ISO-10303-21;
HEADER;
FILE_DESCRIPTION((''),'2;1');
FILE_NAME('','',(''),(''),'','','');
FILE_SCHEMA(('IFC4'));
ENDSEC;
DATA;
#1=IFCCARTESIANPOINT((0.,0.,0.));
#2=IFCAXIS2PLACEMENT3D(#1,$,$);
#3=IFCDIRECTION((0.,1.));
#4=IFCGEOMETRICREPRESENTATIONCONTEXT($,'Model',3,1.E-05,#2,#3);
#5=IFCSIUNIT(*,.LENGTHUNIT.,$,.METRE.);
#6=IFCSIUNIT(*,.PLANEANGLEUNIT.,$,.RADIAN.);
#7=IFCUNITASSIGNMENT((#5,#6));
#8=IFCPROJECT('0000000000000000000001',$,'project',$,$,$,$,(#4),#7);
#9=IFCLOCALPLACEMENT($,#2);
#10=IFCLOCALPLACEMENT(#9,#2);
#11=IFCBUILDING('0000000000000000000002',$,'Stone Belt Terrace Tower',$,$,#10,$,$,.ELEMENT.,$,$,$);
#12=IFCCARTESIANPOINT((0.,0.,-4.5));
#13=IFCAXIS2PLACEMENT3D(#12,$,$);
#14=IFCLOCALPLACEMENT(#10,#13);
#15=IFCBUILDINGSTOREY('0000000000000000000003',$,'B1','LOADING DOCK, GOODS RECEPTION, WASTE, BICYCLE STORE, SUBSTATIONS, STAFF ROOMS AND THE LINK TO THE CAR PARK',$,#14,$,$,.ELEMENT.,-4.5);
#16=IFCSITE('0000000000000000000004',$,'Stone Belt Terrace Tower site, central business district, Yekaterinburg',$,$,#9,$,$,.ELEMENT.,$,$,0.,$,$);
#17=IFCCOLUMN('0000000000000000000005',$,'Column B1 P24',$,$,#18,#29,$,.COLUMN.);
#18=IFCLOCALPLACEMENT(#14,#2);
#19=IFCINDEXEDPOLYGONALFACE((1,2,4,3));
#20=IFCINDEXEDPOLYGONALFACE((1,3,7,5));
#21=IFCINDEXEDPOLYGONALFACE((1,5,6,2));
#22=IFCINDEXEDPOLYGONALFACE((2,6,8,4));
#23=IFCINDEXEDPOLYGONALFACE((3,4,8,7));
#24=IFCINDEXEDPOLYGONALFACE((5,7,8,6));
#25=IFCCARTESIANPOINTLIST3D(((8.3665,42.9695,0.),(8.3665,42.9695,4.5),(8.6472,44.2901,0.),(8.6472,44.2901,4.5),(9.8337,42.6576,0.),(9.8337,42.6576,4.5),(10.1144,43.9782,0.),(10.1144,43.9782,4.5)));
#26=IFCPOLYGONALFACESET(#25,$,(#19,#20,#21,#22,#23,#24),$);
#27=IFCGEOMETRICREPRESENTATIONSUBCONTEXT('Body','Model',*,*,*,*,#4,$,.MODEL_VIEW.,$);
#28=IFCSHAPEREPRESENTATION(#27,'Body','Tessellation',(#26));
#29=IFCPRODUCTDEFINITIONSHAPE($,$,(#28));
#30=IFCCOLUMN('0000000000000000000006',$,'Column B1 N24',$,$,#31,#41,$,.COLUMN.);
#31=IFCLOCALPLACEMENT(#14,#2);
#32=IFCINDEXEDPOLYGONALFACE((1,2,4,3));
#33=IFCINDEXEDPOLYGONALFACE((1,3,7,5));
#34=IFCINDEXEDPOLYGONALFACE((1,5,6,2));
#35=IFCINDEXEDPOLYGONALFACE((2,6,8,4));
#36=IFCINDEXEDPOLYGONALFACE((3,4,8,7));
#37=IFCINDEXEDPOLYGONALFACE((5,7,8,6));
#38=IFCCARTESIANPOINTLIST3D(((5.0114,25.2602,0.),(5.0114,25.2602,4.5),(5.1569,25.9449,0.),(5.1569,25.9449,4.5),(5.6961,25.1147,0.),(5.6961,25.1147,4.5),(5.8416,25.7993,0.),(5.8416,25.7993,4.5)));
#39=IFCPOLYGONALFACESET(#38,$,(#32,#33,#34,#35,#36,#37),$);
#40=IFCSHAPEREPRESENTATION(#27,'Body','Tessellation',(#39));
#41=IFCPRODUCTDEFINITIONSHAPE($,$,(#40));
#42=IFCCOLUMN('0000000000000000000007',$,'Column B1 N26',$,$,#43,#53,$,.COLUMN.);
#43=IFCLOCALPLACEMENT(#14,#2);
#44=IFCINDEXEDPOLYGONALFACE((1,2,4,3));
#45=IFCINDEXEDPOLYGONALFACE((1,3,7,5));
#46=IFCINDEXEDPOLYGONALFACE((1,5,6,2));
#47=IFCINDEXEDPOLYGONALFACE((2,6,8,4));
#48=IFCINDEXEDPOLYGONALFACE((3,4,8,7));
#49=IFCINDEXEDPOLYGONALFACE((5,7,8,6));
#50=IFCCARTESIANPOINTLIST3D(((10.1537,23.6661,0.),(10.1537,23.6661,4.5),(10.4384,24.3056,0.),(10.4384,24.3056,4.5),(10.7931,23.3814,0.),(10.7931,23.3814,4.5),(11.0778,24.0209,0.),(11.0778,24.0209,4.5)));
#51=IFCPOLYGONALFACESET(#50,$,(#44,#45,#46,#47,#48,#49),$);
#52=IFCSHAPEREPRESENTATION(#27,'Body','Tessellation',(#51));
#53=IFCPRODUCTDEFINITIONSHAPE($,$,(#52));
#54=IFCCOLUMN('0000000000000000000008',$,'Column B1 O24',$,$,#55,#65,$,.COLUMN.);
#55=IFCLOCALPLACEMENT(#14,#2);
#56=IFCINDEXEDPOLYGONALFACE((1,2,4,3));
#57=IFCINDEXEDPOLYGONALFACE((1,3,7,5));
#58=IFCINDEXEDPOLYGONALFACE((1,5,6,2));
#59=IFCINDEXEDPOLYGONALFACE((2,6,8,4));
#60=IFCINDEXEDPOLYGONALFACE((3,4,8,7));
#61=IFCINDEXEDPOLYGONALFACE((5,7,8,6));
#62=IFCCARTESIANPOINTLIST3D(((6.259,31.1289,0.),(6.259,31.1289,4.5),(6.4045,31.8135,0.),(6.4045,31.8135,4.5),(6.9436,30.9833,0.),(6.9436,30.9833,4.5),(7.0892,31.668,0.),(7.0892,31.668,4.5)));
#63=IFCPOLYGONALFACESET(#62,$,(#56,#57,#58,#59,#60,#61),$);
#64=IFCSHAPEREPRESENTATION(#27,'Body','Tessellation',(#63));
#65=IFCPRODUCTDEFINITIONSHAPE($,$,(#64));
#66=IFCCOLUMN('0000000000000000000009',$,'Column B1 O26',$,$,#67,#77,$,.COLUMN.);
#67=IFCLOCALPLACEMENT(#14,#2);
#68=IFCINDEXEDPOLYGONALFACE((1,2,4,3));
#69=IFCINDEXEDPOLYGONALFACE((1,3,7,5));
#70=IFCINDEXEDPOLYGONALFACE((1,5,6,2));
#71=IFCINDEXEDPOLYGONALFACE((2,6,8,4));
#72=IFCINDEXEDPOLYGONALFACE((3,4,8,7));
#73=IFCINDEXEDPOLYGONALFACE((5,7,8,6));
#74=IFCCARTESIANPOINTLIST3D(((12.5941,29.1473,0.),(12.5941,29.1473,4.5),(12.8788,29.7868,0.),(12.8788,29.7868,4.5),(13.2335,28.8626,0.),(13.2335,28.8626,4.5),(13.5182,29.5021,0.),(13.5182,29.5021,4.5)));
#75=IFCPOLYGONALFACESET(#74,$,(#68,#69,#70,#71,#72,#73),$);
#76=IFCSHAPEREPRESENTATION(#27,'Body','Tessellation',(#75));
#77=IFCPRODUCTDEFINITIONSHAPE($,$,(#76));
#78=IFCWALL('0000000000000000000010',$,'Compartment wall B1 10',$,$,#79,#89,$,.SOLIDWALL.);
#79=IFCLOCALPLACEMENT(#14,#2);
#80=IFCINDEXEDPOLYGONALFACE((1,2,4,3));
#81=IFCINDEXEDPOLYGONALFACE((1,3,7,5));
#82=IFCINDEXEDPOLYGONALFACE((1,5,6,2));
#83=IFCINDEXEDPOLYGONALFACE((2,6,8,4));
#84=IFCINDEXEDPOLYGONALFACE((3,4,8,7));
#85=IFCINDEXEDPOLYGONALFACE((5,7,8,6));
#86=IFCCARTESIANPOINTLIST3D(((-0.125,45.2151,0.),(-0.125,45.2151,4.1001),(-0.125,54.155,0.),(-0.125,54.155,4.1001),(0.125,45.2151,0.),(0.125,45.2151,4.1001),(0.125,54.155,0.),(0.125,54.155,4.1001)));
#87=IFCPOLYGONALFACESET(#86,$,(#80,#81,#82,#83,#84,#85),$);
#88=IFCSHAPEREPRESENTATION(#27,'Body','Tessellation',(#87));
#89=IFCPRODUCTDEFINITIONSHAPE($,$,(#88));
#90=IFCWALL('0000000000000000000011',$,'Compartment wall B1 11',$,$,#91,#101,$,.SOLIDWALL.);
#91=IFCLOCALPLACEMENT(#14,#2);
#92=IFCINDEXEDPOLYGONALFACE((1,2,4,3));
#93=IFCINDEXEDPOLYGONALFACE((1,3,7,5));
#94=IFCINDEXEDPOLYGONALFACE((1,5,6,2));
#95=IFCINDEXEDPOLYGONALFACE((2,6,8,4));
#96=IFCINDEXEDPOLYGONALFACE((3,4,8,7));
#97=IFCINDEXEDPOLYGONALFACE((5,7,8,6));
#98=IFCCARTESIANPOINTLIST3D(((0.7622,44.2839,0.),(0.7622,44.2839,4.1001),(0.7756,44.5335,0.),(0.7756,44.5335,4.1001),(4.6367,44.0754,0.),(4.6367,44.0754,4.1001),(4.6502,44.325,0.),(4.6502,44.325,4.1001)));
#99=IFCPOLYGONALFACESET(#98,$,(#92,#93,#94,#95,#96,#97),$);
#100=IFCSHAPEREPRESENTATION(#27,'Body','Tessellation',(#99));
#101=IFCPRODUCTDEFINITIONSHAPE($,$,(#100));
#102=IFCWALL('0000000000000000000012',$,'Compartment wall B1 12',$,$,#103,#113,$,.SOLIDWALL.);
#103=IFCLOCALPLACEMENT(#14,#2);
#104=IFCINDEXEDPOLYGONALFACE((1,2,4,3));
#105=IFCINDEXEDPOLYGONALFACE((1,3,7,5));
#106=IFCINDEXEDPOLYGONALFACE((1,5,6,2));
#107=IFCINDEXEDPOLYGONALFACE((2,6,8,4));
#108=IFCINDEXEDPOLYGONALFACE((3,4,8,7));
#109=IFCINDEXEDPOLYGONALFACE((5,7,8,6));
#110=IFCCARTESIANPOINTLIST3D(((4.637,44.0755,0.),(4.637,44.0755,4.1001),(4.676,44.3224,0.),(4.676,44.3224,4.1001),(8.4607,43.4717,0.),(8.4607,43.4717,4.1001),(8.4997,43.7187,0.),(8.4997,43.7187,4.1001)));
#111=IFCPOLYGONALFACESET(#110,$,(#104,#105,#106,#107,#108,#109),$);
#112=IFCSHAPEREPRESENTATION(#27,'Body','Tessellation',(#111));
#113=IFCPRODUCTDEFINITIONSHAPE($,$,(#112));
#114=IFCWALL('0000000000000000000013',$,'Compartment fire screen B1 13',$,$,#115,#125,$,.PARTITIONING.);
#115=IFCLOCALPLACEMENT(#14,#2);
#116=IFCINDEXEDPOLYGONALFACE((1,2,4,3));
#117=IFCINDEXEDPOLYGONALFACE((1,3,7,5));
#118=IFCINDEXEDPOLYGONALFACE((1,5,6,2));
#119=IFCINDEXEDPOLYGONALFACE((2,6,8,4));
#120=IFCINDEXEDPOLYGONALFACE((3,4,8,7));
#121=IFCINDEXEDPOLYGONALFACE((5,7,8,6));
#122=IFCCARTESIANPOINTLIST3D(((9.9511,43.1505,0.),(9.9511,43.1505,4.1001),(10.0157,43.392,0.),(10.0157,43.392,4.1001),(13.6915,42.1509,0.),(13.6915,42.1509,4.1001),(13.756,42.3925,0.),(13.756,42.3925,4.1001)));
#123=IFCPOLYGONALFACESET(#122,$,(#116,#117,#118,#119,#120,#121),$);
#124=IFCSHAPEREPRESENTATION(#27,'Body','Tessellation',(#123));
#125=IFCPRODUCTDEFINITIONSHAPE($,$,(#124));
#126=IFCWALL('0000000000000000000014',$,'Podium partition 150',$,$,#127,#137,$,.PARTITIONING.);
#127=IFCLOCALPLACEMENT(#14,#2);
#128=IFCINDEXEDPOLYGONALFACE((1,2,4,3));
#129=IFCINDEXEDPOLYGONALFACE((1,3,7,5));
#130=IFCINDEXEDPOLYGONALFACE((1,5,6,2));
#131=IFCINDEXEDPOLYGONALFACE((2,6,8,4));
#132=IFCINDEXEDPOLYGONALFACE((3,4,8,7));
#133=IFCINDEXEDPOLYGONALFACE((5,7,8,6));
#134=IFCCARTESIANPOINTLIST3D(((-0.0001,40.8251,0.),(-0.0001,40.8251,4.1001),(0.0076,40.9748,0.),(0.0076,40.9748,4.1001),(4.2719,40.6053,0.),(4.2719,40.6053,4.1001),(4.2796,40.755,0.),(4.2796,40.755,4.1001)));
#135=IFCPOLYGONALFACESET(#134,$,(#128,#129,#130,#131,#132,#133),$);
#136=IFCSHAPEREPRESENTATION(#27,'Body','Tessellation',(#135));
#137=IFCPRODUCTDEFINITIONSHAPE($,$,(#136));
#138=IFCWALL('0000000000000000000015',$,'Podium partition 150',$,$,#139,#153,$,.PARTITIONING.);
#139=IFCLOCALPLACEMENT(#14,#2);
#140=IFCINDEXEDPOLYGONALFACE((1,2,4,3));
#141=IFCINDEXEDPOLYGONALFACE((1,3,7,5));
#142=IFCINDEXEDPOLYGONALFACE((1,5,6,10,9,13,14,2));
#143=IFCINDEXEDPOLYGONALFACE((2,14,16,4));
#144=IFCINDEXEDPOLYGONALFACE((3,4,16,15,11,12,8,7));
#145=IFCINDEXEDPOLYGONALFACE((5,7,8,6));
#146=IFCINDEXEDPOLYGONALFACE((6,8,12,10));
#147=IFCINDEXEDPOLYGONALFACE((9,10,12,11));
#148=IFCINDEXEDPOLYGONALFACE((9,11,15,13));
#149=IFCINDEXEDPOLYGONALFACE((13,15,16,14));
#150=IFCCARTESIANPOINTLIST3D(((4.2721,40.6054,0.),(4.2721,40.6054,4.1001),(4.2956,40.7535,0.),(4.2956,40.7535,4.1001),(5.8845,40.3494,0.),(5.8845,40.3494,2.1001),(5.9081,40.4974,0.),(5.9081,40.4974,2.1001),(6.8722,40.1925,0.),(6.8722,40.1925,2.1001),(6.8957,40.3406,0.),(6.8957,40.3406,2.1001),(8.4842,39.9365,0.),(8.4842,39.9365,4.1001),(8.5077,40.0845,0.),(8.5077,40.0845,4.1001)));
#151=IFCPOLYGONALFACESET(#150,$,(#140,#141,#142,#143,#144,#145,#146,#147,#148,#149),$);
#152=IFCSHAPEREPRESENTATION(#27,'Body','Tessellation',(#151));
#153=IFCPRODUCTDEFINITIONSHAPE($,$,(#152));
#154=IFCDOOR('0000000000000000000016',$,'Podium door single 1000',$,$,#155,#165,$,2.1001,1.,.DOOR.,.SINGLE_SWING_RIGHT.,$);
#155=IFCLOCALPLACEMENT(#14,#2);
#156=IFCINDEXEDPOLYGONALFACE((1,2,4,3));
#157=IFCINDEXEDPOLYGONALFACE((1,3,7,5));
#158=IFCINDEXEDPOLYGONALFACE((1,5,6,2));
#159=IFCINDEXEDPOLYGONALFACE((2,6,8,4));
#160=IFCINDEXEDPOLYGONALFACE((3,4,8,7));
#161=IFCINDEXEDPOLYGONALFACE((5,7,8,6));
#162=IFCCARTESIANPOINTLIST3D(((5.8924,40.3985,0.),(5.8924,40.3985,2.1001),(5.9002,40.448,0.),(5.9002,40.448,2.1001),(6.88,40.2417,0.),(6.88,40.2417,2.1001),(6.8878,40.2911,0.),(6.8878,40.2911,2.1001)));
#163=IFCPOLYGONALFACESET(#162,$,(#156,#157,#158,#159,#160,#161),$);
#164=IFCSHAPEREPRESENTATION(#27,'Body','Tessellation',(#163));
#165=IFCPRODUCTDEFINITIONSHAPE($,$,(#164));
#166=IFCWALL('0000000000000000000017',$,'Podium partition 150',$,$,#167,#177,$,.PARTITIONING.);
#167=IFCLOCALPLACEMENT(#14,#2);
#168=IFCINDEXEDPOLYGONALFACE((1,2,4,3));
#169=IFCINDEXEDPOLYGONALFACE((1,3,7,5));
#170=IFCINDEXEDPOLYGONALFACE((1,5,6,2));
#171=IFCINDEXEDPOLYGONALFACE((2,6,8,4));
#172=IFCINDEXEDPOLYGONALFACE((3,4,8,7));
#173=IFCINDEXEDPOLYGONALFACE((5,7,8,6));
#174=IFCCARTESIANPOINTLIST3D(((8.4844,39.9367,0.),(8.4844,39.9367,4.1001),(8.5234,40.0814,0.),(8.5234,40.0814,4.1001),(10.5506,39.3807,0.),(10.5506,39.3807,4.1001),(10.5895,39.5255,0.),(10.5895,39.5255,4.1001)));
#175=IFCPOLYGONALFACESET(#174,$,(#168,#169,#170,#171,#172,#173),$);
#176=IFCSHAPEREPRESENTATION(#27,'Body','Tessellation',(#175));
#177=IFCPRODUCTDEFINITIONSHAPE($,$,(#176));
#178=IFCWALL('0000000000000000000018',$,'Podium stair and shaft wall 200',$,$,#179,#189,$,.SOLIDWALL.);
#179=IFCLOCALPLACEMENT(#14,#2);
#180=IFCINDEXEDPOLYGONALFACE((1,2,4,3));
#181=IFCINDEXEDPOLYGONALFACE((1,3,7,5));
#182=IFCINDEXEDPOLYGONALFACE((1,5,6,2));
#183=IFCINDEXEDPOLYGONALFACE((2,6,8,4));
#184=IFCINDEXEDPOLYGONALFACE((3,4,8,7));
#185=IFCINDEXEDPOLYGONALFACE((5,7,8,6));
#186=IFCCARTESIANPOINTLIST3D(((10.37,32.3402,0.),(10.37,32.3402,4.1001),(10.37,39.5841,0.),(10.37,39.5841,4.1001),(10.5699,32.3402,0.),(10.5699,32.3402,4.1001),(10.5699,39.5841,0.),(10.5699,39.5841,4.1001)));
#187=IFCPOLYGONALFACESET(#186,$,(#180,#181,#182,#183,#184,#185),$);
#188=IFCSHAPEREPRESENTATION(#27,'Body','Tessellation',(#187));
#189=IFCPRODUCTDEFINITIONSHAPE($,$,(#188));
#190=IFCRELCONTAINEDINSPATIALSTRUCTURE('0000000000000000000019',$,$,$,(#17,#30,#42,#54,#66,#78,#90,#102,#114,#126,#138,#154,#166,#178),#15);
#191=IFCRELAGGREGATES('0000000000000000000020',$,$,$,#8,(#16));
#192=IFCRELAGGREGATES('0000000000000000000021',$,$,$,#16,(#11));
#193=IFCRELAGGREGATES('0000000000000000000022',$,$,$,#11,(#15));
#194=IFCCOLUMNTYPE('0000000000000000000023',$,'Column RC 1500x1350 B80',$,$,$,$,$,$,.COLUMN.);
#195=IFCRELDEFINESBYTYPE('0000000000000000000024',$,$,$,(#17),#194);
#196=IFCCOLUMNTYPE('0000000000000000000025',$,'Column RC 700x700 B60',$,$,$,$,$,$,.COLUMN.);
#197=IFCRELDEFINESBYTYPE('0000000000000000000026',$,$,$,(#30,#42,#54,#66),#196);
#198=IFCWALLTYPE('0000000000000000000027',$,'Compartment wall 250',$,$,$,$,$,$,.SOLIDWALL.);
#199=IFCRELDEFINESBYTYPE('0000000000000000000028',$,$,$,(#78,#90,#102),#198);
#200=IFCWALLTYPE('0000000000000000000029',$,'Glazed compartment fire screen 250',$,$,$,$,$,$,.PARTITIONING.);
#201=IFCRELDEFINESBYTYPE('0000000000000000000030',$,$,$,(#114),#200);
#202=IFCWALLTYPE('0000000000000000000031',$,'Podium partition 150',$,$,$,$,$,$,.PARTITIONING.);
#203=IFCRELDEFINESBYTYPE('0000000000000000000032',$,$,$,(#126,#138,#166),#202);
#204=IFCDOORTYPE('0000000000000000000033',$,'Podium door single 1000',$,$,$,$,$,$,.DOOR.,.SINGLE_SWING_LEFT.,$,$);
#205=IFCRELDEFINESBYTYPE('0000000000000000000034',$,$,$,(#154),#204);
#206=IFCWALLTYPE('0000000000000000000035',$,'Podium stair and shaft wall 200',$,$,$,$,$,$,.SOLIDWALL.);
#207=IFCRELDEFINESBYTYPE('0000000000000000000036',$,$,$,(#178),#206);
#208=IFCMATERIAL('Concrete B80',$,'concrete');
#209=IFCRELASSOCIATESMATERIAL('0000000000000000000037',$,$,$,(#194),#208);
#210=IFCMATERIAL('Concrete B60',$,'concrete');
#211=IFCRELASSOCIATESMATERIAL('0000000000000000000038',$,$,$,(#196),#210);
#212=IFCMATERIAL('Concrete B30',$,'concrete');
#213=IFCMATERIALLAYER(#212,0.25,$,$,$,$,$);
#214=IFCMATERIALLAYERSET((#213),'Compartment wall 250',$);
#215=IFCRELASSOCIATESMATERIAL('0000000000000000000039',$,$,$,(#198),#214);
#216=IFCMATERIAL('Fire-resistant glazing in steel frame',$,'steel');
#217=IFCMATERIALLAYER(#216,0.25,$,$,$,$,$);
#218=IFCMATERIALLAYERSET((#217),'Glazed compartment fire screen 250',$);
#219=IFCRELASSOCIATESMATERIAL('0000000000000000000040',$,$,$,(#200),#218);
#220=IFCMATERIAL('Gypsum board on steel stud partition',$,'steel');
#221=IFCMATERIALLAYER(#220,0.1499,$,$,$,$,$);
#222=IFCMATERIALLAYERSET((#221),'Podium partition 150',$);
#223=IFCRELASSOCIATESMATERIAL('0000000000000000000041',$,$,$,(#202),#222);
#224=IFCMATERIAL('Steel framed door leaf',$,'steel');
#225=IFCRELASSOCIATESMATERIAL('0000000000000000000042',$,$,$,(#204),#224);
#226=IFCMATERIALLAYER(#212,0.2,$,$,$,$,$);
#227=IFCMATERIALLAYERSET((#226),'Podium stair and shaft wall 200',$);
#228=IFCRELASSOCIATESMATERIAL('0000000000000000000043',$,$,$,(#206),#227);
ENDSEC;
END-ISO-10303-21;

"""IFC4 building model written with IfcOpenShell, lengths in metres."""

from ifc_helpers import new_model, si_unit, direction, frame, frame_2d, origin, origin_2d, place, context, subcontext, project, spatial, rectangle, extrude, material, layer, layer_set, material_profile, profile_set, type_object, element, fill, save


model = new_model("IFC4")

# Units and contexts
model_context = context("Model", 3, precision=1e-05, world=origin(), true_north=direction((0.0, 1.0)))
body_context = subcontext(model_context, "Body", "Model", "MODEL_VIEW")
ifc_project = project(units=[si_unit("LENGTHUNIT", "METRE"), si_unit("PLANEANGLEUNIT", "RADIAN")], contexts=[model_context])

# Site, building, storey
site_placement = place(None, origin())
site = spatial("IfcSite", under=ifc_project, at=site_placement, Name="Stone Belt Terrace Tower site, central business district, Yekaterinburg", CompositionType="ELEMENT", RefElevation=0.0)
building_placement = place(site_placement, origin())
building = spatial("IfcBuilding", under=site, at=building_placement, Name="Stone Belt Terrace Tower", CompositionType="ELEMENT")
storey_placement = place(building_placement, frame((0.0, 0.0, -4.5)))
storey = spatial("IfcBuildingStorey", under=building, at=storey_placement, Name="B1", Description="LOADING DOCK, GOODS RECEPTION, WASTE, BICYCLE STORE, SUBSTATIONS, STAFF ROOMS AND THE LINK TO THE CAR PARK", CompositionType="ELEMENT", Elevation=-4.5)

# Columns
ifc_material_1 = material(Name="Concrete B80", Category="concrete")
ifc_material_profile_1 = material_profile(ifc_material_1, rectangle(XDim=1.5, YDim=1.3501, at=origin_2d()), Name="RC 1500x1350")
ifc_profile_set_1 = profile_set([ifc_material_profile_1], Name="Concrete B80")
column_type_1 = type_object("IfcColumnType", Name="Column RC 1500x1350 B80", PredefinedType="COLUMN", material=ifc_profile_set_1)
column_placement = place(storey_placement, frame((9.2405, 43.4739, 0.0), z_axis=(0.0, 0.0, 1.0), x_axis=(0.978148, -0.207912, 0.0)))
element("IfcColumn", 1, at=column_placement, inside=storey, type_object=column_type_1, Name="Column B1 P24", PredefinedType="COLUMN", context=body_context, shape_type="SweptSolid", body=[
    extrude(rectangle(XDim=1.5, YDim=1.3501, at=origin_2d()), origin(), (0.0, 0.0, 1.0), 4.5),
])
ifc_material_2 = material(Name="Concrete B60", Category="concrete")
ifc_material_profile_2 = material_profile(ifc_material_2, rectangle(XDim=0.7, YDim=0.7, at=origin_2d()), Name="RC 700x700")
ifc_profile_set_2 = profile_set([ifc_material_profile_2], Name="Concrete B60")
column_type_2 = type_object("IfcColumnType", Name="Column RC 700x700 B60", PredefinedType="COLUMN", material=ifc_profile_set_2)
for number, where, z_axis, x_axis, name in (
    (2, (5.4265, 25.5298, 0.0), (0.0, 0.0, 1.0), (0.978148, -0.207912, 0.0), "Column B1 N24"),
    (3, (10.6157, 23.8435, 0.0), (0.0, 0.0, 1.0), (0.913545, -0.406737, 0.0), "Column B1 N26"),
    (4, (6.6741, 31.3984, 0.0), (0.0, 0.0, 1.0), (0.978148, -0.207912, 0.0), "Column B1 O24"),
    (5, (13.0562, 29.3247, 0.0), (0.0, 0.0, 1.0), (0.913545, -0.406737, 0.0), "Column B1 O26"),
):
    element("IfcColumn", number, at=place(storey_placement, frame(where, z_axis=z_axis, x_axis=x_axis)), inside=storey, type_object=column_type_2, Name=name, PredefinedType="COLUMN", context=body_context, shape_type="SweptSolid", body=[
        extrude(rectangle(XDim=0.7, YDim=0.7, at=origin_2d()), origin(), (0.0, 0.0, 1.0), 4.5),
    ])

# Walls
ifc_material_3 = material(Name="Concrete B30", Category="concrete")
ifc_layer_1 = layer(ifc_material_3, 0.25)
ifc_layer_set_1 = layer_set([ifc_layer_1], Name="Compartment wall 250")
wall_type_1 = type_object("IfcWallType", Name="Compartment wall 250", PredefinedType="SOLIDWALL", material=ifc_layer_set_1)
wall_1_placement = place(storey_placement, frame((0.0, 45.2151, 0.0), z_axis=(0.0, 0.0, 1.0), x_axis=(0.0, 1.0, 0.0)))
element("IfcWall", 6, at=wall_1_placement, inside=storey, type_object=wall_type_1, Name="Compartment wall B1 10", PredefinedType="SOLIDWALL", context=body_context, shape_type="SweptSolid", body=[
    extrude(rectangle(XDim=8.9399, YDim=0.25, at=frame_2d((4.47, 0.0))), origin(), (0.0, 0.0, 1.0), 4.1001),
])
wall_2_placement = place(storey_placement, frame((0.769, 44.4087, 0.0), z_axis=(0.0, 0.0, 1.0), x_axis=(0.998555, -0.053734, 0.0)))
element("IfcWall", 7, at=wall_2_placement, inside=storey, type_object=wall_type_1, Name="Compartment wall B1 11", PredefinedType="SOLIDWALL", context=body_context, shape_type="SweptSolid", body=[
    extrude(rectangle(XDim=3.8801, YDim=0.25, at=frame_2d((1.9399, 0.0))), origin(), (0.0, 0.0, 1.0), 4.1001),
])
wall_3_placement = place(storey_placement, frame((4.6565, 44.199, 0.0), z_axis=(0.0, 0.0, 1.0), x_axis=(0.987762, -0.155966, 0.0)))
element("IfcWall", 8, at=wall_3_placement, inside=storey, type_object=wall_type_1, Name="Compartment wall B1 12", PredefinedType="SOLIDWALL", context=body_context, shape_type="SweptSolid", body=[
    extrude(rectangle(XDim=3.8711, YDim=0.25, at=frame_2d((1.9355, 0.0))), origin(), (0.0, 0.0, 1.0), 4.1001),
])
ifc_material_4 = material(Name="Fire-resistant glazing in steel frame", Category="steel")
ifc_layer_2 = layer(ifc_material_4, 0.25)
ifc_layer_set_2 = layer_set([ifc_layer_2], Name="Glazed compartment fire screen 250")
wall_type_2 = type_object("IfcWallType", Name="Glazed compartment fire screen 250", PredefinedType="PARTITIONING", material=ifc_layer_set_2)
wall_4_placement = place(storey_placement, frame((9.9834, 43.2712, 0.0), z_axis=(0.0, 0.0, 1.0), x_axis=(0.966099, -0.258173, 0.0)))
element("IfcWall", 9, at=wall_4_placement, inside=storey, type_object=wall_type_2, Name="Compartment fire screen B1 13", PredefinedType="PARTITIONING", context=body_context, shape_type="SweptSolid", body=[
    extrude(rectangle(XDim=3.8716, YDim=0.25, at=frame_2d((1.9358, 0.0))), origin(), (0.0, 0.0, 1.0), 4.1001),
])
ifc_material_5 = material(Name="Gypsum board on steel stud partition", Category="steel")
ifc_layer_3 = layer(ifc_material_5, 0.1499)
ifc_layer_set_3 = layer_set([ifc_layer_3], Name="Podium partition 150")
wall_type_3 = type_object("IfcWallType", Name="Podium partition 150", PredefinedType="PARTITIONING", material=ifc_layer_set_3)
wall_5_placement = place(storey_placement, frame((0.0039, 40.8999, 0.0), z_axis=(0.0, 0.0, 1.0), x_axis=(0.99868, -0.051367, 0.0)))
element("IfcWall", 10, at=wall_5_placement, inside=storey, type_object=wall_type_3, Name="Podium partition 150", PredefinedType="PARTITIONING", context=body_context, shape_type="SweptSolid", body=[
    extrude(rectangle(XDim=4.2776, YDim=0.1499, at=frame_2d((2.1387, 0.0))), origin(), (0.0, 0.0, 1.0), 4.1001),
])

# Wall, opening, door
wall_6_placement = place(storey_placement, frame((4.2839, 40.6794, 0.0), z_axis=(0.0, 0.0, 1.0), x_axis=(0.987623, -0.156847, 0.0)))
wall_6 = element("IfcWall", 11, at=wall_6_placement, inside=storey, type_object=wall_type_3, Name="Podium partition 150", PredefinedType="PARTITIONING", context=body_context, shape_type="SweptSolid", body=[
    extrude(rectangle(XDim=4.2649, YDim=0.1499, at=frame_2d((2.1323, 0.0))), origin(), (0.0, 0.0, 1.0), 4.1001),
])
opening_placement = place(wall_6_placement, frame((1.6326, 0.0, 0.0)))
opening = element("IfcOpeningElement", 12, at=opening_placement, cuts=wall_6, PredefinedType="OPENING", context=body_context, shape_type="SweptSolid", body=[
    extrude(rectangle(XDim=1.0, YDim=2.1001, at=frame_2d((0.5, 1.05))), frame((0.0, 0.085, 0.0), z_axis=(0.0, -1.0, 0.0), x_axis=(1.0, 0.0, 0.0)), (0.0, 0.0, 1.0), 0.1699),
])
ifc_material_6 = material(Name="Steel framed door leaf", Category="steel")
door_type = type_object("IfcDoorType", Name="Podium door single 1000", OperationType="SINGLE_SWING_LEFT", PredefinedType="DOOR", material=ifc_material_6)
door_placement = place(opening_placement, origin())
door = element("IfcDoor", 13, at=door_placement, inside=storey, type_object=door_type, Name="Podium door single 1000", OperationType="SINGLE_SWING_RIGHT", OverallHeight=2.1001, OverallWidth=1.0, PredefinedType="DOOR", context=body_context, shape_type="SweptSolid", body=[
    extrude(rectangle(XDim=1.0, YDim=2.1001, at=frame_2d((0.5, 1.05))), frame((0.0, 0.0249, 0.0), z_axis=(0.0, -1.0, 0.0), x_axis=(1.0, 0.0, 0.0)), (0.0, 0.0, 1.0), 0.05),
])
fill(opening, door)

# Walls
wall_7_placement = place(storey_placement, frame((8.5039, 40.009, 0.0), z_axis=(0.0, 0.0, 1.0), x_axis=(0.965659, -0.259814, 0.0)))
element("IfcWall", 14, at=wall_7_placement, inside=storey, type_object=wall_type_3, Name="Podium partition 150", PredefinedType="PARTITIONING", context=body_context, shape_type="SweptSolid", body=[
    extrude(rectangle(XDim=2.1396, YDim=0.1499, at=frame_2d((1.0698, 0.0))), origin(), (0.0, 0.0, 1.0), 4.1001),
])
ifc_layer_4 = layer(ifc_material_3, 0.2)
ifc_layer_set_4 = layer_set([ifc_layer_4], Name="Podium stair and shaft wall 200")
wall_type_4 = type_object("IfcWallType", Name="Podium stair and shaft wall 200", PredefinedType="SOLIDWALL", material=ifc_layer_set_4)
wall_8_placement = place(storey_placement, frame((10.47, 32.3401, 0.0), z_axis=(0.0, 0.0, 1.0), x_axis=(0.0, 1.0, 0.0)))
element("IfcWall", 15, at=wall_8_placement, inside=storey, type_object=wall_type_4, Name="Podium stair and shaft wall 200", PredefinedType="SOLIDWALL", context=body_context, shape_type="SweptSolid", body=[
    extrude(rectangle(XDim=7.2439, YDim=0.2, at=frame_2d((3.6221, 0.0))), origin(), (0.0, 0.0, 1.0), 4.1001),
])

save(model, "model.ifc")
